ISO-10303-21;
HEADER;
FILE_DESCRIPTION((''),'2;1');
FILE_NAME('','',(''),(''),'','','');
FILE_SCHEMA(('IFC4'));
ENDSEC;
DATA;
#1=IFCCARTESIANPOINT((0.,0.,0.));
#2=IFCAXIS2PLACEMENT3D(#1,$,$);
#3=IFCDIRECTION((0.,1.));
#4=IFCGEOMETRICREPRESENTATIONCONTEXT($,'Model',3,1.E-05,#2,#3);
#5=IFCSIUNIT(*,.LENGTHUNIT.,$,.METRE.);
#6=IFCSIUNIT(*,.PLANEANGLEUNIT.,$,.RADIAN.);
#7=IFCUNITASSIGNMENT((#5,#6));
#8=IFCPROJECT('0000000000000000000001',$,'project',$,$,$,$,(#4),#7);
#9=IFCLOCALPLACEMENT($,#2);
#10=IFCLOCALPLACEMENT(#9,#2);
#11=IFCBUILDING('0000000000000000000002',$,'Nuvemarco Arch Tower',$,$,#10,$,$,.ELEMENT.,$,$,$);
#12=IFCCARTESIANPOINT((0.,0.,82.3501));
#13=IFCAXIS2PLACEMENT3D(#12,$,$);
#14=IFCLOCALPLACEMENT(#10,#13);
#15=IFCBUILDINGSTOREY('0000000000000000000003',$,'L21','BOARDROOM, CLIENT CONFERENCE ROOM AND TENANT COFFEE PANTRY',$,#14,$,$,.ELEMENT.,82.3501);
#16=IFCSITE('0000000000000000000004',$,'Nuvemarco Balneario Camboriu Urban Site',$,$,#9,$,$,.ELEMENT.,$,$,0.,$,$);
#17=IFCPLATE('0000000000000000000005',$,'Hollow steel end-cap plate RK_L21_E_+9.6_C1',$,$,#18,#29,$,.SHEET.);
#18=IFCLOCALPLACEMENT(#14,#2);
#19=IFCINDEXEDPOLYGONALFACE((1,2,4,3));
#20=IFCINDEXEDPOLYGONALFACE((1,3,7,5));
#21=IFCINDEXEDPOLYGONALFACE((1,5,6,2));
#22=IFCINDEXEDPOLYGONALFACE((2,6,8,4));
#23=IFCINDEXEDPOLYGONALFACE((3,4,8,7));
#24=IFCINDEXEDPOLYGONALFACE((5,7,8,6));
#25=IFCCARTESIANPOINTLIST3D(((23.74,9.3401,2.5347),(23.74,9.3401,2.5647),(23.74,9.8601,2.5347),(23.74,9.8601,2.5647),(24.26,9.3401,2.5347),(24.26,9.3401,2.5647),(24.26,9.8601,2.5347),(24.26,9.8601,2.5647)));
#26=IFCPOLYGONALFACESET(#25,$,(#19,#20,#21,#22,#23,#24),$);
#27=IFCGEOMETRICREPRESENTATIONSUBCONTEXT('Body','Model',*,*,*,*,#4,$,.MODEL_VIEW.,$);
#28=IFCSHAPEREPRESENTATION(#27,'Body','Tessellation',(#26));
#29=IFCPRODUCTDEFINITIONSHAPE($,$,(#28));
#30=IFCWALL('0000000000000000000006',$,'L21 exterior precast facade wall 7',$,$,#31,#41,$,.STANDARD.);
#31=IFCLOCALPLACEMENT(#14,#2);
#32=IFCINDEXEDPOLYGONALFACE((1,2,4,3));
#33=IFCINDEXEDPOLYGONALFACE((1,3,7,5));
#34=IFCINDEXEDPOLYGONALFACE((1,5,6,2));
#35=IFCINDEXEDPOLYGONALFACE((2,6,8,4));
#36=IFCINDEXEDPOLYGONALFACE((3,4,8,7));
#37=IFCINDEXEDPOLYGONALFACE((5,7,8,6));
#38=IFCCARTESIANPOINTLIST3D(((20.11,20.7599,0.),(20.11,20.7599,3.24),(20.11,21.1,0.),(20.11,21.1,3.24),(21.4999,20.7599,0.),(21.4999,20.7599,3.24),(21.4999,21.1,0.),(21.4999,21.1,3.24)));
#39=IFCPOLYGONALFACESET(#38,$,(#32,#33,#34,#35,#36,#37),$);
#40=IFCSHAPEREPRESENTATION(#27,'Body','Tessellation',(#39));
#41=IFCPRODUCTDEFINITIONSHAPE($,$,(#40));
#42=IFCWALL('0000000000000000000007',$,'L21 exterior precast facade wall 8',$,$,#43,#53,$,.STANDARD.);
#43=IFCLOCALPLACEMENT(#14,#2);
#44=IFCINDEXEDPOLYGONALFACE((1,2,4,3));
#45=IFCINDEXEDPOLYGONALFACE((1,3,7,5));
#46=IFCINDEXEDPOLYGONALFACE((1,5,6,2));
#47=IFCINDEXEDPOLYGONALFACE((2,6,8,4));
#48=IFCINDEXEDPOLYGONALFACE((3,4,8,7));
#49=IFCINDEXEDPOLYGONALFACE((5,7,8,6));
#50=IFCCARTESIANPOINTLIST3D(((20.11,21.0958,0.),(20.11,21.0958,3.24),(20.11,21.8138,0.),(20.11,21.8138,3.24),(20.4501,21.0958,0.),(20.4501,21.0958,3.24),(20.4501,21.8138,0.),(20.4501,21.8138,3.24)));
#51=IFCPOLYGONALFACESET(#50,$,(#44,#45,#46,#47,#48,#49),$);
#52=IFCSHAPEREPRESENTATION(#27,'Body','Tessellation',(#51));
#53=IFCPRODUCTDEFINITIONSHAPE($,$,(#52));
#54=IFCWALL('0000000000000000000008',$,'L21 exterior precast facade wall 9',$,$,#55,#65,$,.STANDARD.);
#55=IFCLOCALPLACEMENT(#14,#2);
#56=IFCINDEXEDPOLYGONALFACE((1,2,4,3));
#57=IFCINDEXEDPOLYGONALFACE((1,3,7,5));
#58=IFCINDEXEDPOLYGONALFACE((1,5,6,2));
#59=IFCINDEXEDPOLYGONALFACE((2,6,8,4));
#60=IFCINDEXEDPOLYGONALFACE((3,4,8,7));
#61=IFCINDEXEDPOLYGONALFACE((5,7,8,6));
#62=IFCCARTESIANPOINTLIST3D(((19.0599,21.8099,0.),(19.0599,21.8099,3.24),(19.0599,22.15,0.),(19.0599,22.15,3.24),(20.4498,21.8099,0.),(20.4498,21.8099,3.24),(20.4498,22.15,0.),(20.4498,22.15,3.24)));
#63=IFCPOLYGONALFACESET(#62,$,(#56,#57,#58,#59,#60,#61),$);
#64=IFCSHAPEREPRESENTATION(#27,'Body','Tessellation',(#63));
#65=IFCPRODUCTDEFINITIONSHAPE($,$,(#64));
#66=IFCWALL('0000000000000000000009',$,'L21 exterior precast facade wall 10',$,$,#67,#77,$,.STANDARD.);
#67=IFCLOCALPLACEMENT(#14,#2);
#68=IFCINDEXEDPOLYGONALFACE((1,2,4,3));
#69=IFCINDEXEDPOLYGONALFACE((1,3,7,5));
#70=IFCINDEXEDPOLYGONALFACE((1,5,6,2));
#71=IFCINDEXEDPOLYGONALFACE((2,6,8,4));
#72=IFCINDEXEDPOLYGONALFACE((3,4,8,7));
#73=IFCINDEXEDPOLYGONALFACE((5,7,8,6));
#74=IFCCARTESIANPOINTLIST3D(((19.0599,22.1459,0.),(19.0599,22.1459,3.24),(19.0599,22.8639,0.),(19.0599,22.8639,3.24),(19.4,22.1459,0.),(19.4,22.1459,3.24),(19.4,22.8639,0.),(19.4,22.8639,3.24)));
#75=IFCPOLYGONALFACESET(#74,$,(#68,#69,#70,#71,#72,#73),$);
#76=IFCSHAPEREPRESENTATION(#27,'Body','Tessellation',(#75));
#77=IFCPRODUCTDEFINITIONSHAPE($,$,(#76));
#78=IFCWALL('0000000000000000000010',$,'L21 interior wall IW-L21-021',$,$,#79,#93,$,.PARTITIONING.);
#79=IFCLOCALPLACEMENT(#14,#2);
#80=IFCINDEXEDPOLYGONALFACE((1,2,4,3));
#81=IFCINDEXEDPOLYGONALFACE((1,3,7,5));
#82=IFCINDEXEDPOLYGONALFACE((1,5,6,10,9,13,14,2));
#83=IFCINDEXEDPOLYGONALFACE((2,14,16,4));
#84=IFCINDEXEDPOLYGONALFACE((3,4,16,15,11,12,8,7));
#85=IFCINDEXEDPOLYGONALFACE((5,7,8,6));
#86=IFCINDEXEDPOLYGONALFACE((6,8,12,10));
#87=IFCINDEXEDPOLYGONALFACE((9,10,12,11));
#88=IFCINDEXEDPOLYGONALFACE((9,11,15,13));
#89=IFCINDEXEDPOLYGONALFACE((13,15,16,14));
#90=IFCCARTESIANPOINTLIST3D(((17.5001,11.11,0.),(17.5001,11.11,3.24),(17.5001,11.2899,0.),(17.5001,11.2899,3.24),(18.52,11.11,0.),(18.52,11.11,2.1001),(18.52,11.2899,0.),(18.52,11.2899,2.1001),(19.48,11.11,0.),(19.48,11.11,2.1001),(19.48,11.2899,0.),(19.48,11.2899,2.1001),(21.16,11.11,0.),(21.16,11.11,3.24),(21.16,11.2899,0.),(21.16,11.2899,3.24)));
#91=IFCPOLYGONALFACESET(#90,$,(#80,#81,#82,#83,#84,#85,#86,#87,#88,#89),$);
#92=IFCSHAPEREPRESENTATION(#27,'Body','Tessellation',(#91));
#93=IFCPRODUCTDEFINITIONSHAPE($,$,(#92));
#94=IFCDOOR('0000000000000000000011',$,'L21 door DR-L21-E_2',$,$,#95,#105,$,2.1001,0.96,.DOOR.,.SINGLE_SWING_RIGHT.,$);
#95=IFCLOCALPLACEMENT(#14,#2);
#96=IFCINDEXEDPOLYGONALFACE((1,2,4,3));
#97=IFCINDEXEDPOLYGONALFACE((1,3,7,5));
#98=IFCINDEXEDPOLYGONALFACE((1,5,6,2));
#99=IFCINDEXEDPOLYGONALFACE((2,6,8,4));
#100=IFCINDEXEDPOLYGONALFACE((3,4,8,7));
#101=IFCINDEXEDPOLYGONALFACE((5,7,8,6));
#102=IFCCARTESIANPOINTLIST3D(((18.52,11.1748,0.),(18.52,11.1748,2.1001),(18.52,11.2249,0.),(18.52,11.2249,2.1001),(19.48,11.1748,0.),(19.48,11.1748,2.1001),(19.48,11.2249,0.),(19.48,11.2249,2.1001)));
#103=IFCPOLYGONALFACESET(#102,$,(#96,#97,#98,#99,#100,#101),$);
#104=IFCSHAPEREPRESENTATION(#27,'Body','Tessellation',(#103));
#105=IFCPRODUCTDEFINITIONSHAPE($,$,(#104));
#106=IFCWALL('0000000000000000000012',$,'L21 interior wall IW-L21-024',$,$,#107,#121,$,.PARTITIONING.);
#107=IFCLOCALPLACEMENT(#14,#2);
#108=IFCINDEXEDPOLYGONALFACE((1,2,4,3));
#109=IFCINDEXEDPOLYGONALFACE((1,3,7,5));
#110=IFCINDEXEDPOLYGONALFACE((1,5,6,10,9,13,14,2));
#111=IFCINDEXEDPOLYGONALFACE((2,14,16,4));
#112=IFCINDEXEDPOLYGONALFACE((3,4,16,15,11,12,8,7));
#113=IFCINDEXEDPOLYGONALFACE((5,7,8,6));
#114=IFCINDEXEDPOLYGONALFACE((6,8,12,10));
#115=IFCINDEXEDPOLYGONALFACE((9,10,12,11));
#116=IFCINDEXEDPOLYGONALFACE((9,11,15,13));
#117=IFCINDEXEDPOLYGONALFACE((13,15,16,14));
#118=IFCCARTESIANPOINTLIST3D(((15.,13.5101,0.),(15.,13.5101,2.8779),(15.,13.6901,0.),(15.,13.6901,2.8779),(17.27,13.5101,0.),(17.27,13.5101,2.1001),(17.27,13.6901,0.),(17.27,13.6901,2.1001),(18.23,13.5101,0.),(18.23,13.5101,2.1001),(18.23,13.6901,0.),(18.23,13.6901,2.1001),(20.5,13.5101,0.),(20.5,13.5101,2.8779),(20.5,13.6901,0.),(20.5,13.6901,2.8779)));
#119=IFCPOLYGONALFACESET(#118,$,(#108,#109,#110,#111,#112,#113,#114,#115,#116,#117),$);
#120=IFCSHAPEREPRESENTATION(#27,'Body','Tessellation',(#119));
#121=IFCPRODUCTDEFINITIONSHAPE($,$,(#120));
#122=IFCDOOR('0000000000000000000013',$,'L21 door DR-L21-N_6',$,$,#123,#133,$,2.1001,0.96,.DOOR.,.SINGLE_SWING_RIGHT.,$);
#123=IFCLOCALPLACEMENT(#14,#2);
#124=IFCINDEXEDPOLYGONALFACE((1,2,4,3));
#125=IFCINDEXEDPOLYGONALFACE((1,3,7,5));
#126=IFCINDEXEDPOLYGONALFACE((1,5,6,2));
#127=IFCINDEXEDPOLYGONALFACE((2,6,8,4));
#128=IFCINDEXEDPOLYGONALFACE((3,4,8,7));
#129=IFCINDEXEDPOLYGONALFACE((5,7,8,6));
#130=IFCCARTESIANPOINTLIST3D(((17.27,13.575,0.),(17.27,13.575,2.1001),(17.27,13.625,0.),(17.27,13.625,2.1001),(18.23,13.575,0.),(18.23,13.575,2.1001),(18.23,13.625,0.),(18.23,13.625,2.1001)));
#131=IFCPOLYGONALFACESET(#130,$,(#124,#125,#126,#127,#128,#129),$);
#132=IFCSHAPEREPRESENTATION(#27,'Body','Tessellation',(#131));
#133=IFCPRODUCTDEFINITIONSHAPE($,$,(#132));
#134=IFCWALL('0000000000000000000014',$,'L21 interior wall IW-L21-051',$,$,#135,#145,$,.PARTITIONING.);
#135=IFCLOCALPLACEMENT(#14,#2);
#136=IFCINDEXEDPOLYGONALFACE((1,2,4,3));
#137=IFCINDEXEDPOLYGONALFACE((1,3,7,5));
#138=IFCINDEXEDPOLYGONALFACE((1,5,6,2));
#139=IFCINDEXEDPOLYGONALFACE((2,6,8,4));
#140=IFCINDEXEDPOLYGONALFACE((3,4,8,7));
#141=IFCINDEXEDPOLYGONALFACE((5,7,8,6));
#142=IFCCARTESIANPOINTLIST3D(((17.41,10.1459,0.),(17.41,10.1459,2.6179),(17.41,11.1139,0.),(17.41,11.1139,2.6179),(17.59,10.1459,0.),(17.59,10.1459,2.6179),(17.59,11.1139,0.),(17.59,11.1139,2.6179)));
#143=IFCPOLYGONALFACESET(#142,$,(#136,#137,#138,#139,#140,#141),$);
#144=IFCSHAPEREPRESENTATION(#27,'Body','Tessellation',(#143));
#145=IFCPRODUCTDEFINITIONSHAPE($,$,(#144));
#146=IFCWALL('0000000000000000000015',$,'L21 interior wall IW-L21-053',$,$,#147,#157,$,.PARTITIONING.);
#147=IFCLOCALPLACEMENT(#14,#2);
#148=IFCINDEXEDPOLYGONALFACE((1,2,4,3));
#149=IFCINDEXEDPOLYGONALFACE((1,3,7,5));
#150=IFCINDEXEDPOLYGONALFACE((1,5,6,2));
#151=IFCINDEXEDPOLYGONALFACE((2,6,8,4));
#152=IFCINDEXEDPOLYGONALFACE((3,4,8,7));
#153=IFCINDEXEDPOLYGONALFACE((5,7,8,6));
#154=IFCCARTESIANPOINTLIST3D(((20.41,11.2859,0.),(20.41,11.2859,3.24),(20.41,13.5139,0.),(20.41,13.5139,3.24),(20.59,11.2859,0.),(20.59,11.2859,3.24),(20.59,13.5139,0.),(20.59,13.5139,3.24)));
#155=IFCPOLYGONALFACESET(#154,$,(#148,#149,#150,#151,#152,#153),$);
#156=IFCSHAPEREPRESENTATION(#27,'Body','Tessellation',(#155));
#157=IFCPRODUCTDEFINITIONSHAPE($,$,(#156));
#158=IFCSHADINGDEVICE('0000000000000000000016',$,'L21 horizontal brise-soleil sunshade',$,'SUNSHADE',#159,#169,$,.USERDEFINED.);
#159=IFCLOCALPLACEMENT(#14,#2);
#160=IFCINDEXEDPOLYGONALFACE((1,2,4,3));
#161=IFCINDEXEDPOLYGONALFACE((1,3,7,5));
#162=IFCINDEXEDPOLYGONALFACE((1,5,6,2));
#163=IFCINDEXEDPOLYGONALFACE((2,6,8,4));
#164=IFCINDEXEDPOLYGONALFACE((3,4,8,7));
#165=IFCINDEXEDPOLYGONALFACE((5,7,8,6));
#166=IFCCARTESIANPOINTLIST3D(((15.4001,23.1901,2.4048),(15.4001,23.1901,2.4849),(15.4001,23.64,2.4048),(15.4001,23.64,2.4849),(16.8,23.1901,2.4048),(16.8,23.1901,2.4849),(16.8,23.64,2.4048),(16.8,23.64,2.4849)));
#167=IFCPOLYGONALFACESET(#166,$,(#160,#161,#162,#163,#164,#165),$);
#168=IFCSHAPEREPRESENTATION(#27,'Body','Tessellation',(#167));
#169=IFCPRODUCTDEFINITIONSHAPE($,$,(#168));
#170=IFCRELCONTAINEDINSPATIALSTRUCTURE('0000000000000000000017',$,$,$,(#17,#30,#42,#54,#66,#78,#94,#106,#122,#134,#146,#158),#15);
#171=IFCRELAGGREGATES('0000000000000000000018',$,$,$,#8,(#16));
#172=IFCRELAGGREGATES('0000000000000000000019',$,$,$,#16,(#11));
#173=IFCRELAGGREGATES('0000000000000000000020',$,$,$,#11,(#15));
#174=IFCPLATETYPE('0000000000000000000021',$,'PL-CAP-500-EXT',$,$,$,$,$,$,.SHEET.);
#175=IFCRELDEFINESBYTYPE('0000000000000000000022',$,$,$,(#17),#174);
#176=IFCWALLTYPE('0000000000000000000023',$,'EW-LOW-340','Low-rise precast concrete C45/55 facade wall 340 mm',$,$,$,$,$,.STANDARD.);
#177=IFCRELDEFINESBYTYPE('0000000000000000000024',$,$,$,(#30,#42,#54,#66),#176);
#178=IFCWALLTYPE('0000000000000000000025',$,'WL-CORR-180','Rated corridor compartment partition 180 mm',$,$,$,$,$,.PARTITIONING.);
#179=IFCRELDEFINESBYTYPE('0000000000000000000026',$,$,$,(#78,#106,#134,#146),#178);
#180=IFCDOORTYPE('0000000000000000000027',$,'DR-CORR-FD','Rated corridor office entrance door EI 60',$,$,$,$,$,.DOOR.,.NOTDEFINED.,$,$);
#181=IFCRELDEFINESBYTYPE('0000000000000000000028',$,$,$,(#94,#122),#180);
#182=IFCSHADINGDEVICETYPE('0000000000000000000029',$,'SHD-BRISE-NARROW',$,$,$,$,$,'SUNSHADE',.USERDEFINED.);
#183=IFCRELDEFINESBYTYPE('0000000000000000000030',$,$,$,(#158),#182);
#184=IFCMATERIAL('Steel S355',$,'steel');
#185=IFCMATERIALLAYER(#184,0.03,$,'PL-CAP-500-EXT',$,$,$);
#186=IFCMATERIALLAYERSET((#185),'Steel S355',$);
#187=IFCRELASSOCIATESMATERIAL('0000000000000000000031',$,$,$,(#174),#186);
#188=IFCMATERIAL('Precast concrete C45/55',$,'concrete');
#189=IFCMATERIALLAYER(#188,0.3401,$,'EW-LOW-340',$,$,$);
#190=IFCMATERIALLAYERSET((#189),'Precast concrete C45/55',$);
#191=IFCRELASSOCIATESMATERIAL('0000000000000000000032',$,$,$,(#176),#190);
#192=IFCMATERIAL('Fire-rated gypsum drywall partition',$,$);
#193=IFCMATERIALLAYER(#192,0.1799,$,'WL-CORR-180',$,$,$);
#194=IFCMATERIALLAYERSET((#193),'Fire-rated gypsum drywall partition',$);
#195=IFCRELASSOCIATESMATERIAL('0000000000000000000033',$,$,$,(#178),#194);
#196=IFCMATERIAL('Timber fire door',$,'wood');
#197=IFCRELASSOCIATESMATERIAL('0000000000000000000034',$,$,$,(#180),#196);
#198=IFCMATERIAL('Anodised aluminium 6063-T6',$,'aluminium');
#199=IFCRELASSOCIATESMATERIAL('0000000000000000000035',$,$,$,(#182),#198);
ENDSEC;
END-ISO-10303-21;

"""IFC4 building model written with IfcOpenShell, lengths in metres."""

from ifc_helpers import new_model, si_unit, direction, frame, frame_2d, origin, origin_2d, place, context, subcontext, project, spatial, rectangle, extrude, source, transform, mapped, material, layer, layer_set, type_object, type_shapes, element, fill, save


model = new_model("IFC4")

# Units and contexts
model_context = context("Model", 3, precision=1e-05, world=origin(), true_north=direction((0.0, 1.0)))
body_context = subcontext(model_context, "Body", "Model", "MODEL_VIEW")
ifc_project = project(units=[si_unit("LENGTHUNIT", "METRE"), si_unit("PLANEANGLEUNIT", "RADIAN")], contexts=[model_context])

# Site, building, storey
site_placement = place(None, origin())
site = spatial("IfcSite", under=ifc_project, at=site_placement, Name="Nuvemarco Balneario Camboriu Urban Site", CompositionType="ELEMENT", RefElevation=0.0)
building_placement = place(site_placement, origin())
building = spatial("IfcBuilding", under=site, at=building_placement, Name="Nuvemarco Arch Tower", CompositionType="ELEMENT")
storey_placement = place(building_placement, frame((0.0, 0.0, 82.3501)))
storey = spatial("IfcBuildingStorey", under=building, at=storey_placement, Name="L21", Description="BOARDROOM, CLIENT CONFERENCE ROOM AND TENANT COFFEE PANTRY", CompositionType="ELEMENT", Elevation=82.3501)

# Shared definitions
ifc_material_1 = material(Name="Steel S355", Category="steel")

# Shared definitions
ifc_material_2 = material(Name="Precast concrete C45/55", Category="concrete")

# Plate
ifc_layer_1 = layer(ifc_material_1, 0.03, Name="PL-CAP-500-EXT")
ifc_layer_set_1 = layer_set([ifc_layer_1], Name="Steel S355")
plate_type_1 = type_object("IfcPlateType", Name="PL-CAP-500-EXT", PredefinedType="SHEET", material=ifc_layer_set_1)
shared_shape_1 = source(origin(), body_context, "Body", "SweptSolid", [
    extrude(rectangle(XDim=0.52, YDim=0.52, at=origin_2d()), origin(), (0.0, 0.0, 1.0), 0.03),
])
type_shapes(plate_type_1, [shared_shape_1])
for number, where, z_axis, x_axis, name in (
    (1, (24.0, 9.6001, 2.5347), (0.0, 0.0, 1.0), (1.0, 0.0, 0.0), "Hollow steel end-cap plate RK_L21_E_+9.6_C1"),
):
    element("IfcPlate", number, at=place(storey_placement, frame(where, z_axis=z_axis, x_axis=x_axis)), inside=storey, type_object=plate_type_1, Name=name, PredefinedType="SHEET", context=body_context, shape_type="MappedRepresentation", body=[
        mapped(shared_shape_1, transform((0.0, 0.0, 0.0), scale=1.0)),
    ])

# Walls
ifc_layer_2 = layer(ifc_material_2, 0.3401, Name="EW-LOW-340")
ifc_layer_set_2 = layer_set([ifc_layer_2], Name="Precast concrete C45/55")
wall_type_1 = type_object("IfcWallType", Name="EW-LOW-340", Description="Low-rise precast concrete C45/55 facade wall 340 mm", PredefinedType="STANDARD", material=ifc_layer_set_2)
wall_1_placement = place(storey_placement, frame((20.1101, 20.9299, 0.0), z_axis=(0.0, 0.0, 1.0), x_axis=(1.0, 0.0, 0.0)))
element("IfcWall", 2, at=wall_1_placement, inside=storey, type_object=wall_type_1, Name="L21 exterior precast facade wall 7", PredefinedType="STANDARD", context=body_context, shape_type="SweptSolid", body=[
    extrude(rectangle(XDim=1.3899, YDim=0.3401, at=frame_2d((0.6948, 0.0))), origin(), (0.0, 0.0, 1.0), 3.24),
])
wall_2_placement = place(storey_placement, frame((20.28, 21.0959, 0.0), z_axis=(0.0, 0.0, 1.0), x_axis=(0.0, 1.0, 0.0)))
element("IfcWall", 3, at=wall_2_placement, inside=storey, type_object=wall_type_1, Name="L21 exterior precast facade wall 8", PredefinedType="STANDARD", context=body_context, shape_type="SweptSolid", body=[
    extrude(rectangle(XDim=0.718, YDim=0.3401, at=frame_2d((0.3589, 0.0))), origin(), (0.0, 0.0, 1.0), 3.24),
])
wall_3_placement = place(storey_placement, frame((19.0601, 21.98, 0.0), z_axis=(0.0, 0.0, 1.0), x_axis=(1.0, 0.0, 0.0)))
element("IfcWall", 4, at=wall_3_placement, inside=storey, type_object=wall_type_1, Name="L21 exterior precast facade wall 9", PredefinedType="STANDARD", context=body_context, shape_type="SweptSolid", body=[
    extrude(rectangle(XDim=1.3899, YDim=0.3401, at=frame_2d((0.6948, 0.0))), origin(), (0.0, 0.0, 1.0), 3.24),
])
wall_4_placement = place(storey_placement, frame((19.23, 22.146, 0.0), z_axis=(0.0, 0.0, 1.0), x_axis=(0.0, 1.0, 0.0)))
element("IfcWall", 5, at=wall_4_placement, inside=storey, type_object=wall_type_1, Name="L21 exterior precast facade wall 10", PredefinedType="STANDARD", context=body_context, shape_type="SweptSolid", body=[
    extrude(rectangle(XDim=0.718, YDim=0.3401, at=frame_2d((0.3589, 0.0))), origin(), (0.0, 0.0, 1.0), 3.24),
])

# Walls, openings, doors
ifc_material_3 = material(Name="Fire-rated gypsum drywall partition")
ifc_layer_3 = layer(ifc_material_3, 0.1799, Name="WL-CORR-180")
ifc_layer_set_3 = layer_set([ifc_layer_3], Name="Fire-rated gypsum drywall partition")
wall_type_2 = type_object("IfcWallType", Name="WL-CORR-180", Description="Rated corridor compartment partition 180 mm", PredefinedType="PARTITIONING", material=ifc_layer_set_3)
wall_5_placement = place(storey_placement, frame((17.5, 11.2, 0.0), z_axis=(0.0, 0.0, 1.0), x_axis=(1.0, 0.0, 0.0)))
wall_5 = element("IfcWall", 6, at=wall_5_placement, inside=storey, type_object=wall_type_2, Name="L21 interior wall IW-L21-021", PredefinedType="PARTITIONING", context=body_context, shape_type="SweptSolid", body=[
    extrude(rectangle(XDim=3.6599, YDim=0.1799, at=frame_2d((1.8301, 0.0))), origin(), (0.0, 0.0, 1.0), 3.24),
])
opening_1_placement = place(wall_5_placement, frame((1.02, 0.0, 0.0)))
opening_1 = element("IfcOpeningElement", 7, at=opening_1_placement, cuts=wall_5, PredefinedType="OPENING", context=body_context, shape_type="SweptSolid", body=[
    extrude(rectangle(XDim=0.96, YDim=2.1001, at=frame_2d((0.48, 1.05))), frame((0.0, 0.0999, 0.0), z_axis=(0.0, -1.0, 0.0), x_axis=(1.0, 0.0, 0.0)), (0.0, 0.0, 1.0), 0.2),
])
ifc_material_4 = material(Name="Timber fire door", Category="wood")
door_type = type_object("IfcDoorType", Name="DR-CORR-FD", Description="Rated corridor office entrance door EI 60", OperationType="NOTDEFINED", PredefinedType="DOOR", material=ifc_material_4)
shared_shape_2 = source(origin(), body_context, "Body", "SweptSolid", [
    extrude(rectangle(XDim=0.96, YDim=2.1001, at=frame_2d((0.48, 1.05))), frame((0.0, 0.0249, 0.0), z_axis=(0.0, -1.0, 0.0), x_axis=(1.0, 0.0, 0.0)), (0.0, 0.0, 1.0), 0.05),
])
type_shapes(door_type, [shared_shape_2])
door_1_placement = place(opening_1_placement, origin())
door_1 = element("IfcDoor", 8, at=door_1_placement, inside=storey, type_object=door_type, Name="L21 door DR-L21-E_2", OperationType="SINGLE_SWING_RIGHT", OverallHeight=2.1001, OverallWidth=0.96, PredefinedType="DOOR", context=body_context, shape_type="MappedRepresentation", body=[
    mapped(shared_shape_2, transform((0.0, 0.0, 0.0), scale=1.0)),
])
fill(opening_1, door_1)
wall_6_placement = place(storey_placement, frame((15.0, 13.6001, 0.0), z_axis=(0.0, 0.0, 1.0), x_axis=(1.0, 0.0, 0.0)))
wall_6 = element("IfcWall", 9, at=wall_6_placement, inside=storey, type_object=wall_type_2, Name="L21 interior wall IW-L21-024", PredefinedType="PARTITIONING", context=body_context, shape_type="SweptSolid", body=[
    extrude(rectangle(XDim=5.5, YDim=0.1799, at=frame_2d((2.75, 0.0))), origin(), (0.0, 0.0, 1.0), 2.8779),
])
opening_2_placement = place(wall_6_placement, frame((2.27, 0.0, 0.0)))
opening_2 = element("IfcOpeningElement", 10, at=opening_2_placement, cuts=wall_6, PredefinedType="OPENING", context=body_context, shape_type="SweptSolid", body=[
    extrude(rectangle(XDim=0.96, YDim=2.1001, at=frame_2d((0.48, 1.05))), frame((0.0, 0.0999, 0.0), z_axis=(0.0, -1.0, 0.0), x_axis=(1.0, 0.0, 0.0)), (0.0, 0.0, 1.0), 0.2),
])
door_2_placement = place(opening_2_placement, origin())
door_2 = element("IfcDoor", 11, at=door_2_placement, inside=storey, type_object=door_type, Name="L21 door DR-L21-N_6", OperationType="SINGLE_SWING_RIGHT", OverallHeight=2.1001, OverallWidth=0.96, PredefinedType="DOOR", context=body_context, shape_type="MappedRepresentation", body=[
    mapped(shared_shape_2, transform((0.0, 0.0, 0.0), scale=1.0)),
])
fill(opening_2, door_2)

# Walls
wall_7_placement = place(storey_placement, frame((17.5, 10.146, 0.0), z_axis=(0.0, 0.0, 1.0), x_axis=(0.0, 1.0, 0.0)))
element("IfcWall", 12, at=wall_7_placement, inside=storey, type_object=wall_type_2, Name="L21 interior wall IW-L21-051", PredefinedType="PARTITIONING", context=body_context, shape_type="SweptSolid", body=[
    extrude(rectangle(XDim=0.968, YDim=0.1799, at=frame_2d((0.4839, 0.0))), origin(), (0.0, 0.0, 1.0), 2.6179),
])
wall_8_placement = place(storey_placement, frame((20.5, 11.2859, 0.0), z_axis=(0.0, 0.0, 1.0), x_axis=(0.0, 1.0, 0.0)))
element("IfcWall", 13, at=wall_8_placement, inside=storey, type_object=wall_type_2, Name="L21 interior wall IW-L21-053", PredefinedType="PARTITIONING", context=body_context, shape_type="SweptSolid", body=[
    extrude(rectangle(XDim=2.228, YDim=0.1799, at=frame_2d((1.114, 0.0))), origin(), (0.0, 0.0, 1.0), 3.24),
])

# Shading device
ifc_material_5 = material(Name="Anodised aluminium 6063-T6", Category="aluminium")
shading_device_type = type_object("IfcShadingDeviceType", Name="SHD-BRISE-NARROW", ElementType="SUNSHADE", PredefinedType="USERDEFINED", material=ifc_material_5)
shared_shape_3 = source(origin(), body_context, "Body", "SweptSolid", [
    extrude(rectangle(XDim=1.3999, YDim=0.45, at=origin_2d()), origin(), (0.0, 0.0, 1.0), 0.0801),
])
type_shapes(shading_device_type, [shared_shape_3])
shading_device_placement = place(storey_placement, frame((16.1001, 23.415, 2.4048), z_axis=(0.0, 0.0, 1.0), x_axis=(1.0, 0.0, 0.0)))
element("IfcShadingDevice", 14, at=shading_device_placement, inside=storey, type_object=shading_device_type, Name="L21 horizontal brise-soleil sunshade", ObjectType="SUNSHADE", PredefinedType="USERDEFINED", context=body_context, shape_type="MappedRepresentation", body=[
    mapped(shared_shape_3, transform((0.0, 0.0, 0.0), scale=1.0)),
])

save(model, "model.ifc")
